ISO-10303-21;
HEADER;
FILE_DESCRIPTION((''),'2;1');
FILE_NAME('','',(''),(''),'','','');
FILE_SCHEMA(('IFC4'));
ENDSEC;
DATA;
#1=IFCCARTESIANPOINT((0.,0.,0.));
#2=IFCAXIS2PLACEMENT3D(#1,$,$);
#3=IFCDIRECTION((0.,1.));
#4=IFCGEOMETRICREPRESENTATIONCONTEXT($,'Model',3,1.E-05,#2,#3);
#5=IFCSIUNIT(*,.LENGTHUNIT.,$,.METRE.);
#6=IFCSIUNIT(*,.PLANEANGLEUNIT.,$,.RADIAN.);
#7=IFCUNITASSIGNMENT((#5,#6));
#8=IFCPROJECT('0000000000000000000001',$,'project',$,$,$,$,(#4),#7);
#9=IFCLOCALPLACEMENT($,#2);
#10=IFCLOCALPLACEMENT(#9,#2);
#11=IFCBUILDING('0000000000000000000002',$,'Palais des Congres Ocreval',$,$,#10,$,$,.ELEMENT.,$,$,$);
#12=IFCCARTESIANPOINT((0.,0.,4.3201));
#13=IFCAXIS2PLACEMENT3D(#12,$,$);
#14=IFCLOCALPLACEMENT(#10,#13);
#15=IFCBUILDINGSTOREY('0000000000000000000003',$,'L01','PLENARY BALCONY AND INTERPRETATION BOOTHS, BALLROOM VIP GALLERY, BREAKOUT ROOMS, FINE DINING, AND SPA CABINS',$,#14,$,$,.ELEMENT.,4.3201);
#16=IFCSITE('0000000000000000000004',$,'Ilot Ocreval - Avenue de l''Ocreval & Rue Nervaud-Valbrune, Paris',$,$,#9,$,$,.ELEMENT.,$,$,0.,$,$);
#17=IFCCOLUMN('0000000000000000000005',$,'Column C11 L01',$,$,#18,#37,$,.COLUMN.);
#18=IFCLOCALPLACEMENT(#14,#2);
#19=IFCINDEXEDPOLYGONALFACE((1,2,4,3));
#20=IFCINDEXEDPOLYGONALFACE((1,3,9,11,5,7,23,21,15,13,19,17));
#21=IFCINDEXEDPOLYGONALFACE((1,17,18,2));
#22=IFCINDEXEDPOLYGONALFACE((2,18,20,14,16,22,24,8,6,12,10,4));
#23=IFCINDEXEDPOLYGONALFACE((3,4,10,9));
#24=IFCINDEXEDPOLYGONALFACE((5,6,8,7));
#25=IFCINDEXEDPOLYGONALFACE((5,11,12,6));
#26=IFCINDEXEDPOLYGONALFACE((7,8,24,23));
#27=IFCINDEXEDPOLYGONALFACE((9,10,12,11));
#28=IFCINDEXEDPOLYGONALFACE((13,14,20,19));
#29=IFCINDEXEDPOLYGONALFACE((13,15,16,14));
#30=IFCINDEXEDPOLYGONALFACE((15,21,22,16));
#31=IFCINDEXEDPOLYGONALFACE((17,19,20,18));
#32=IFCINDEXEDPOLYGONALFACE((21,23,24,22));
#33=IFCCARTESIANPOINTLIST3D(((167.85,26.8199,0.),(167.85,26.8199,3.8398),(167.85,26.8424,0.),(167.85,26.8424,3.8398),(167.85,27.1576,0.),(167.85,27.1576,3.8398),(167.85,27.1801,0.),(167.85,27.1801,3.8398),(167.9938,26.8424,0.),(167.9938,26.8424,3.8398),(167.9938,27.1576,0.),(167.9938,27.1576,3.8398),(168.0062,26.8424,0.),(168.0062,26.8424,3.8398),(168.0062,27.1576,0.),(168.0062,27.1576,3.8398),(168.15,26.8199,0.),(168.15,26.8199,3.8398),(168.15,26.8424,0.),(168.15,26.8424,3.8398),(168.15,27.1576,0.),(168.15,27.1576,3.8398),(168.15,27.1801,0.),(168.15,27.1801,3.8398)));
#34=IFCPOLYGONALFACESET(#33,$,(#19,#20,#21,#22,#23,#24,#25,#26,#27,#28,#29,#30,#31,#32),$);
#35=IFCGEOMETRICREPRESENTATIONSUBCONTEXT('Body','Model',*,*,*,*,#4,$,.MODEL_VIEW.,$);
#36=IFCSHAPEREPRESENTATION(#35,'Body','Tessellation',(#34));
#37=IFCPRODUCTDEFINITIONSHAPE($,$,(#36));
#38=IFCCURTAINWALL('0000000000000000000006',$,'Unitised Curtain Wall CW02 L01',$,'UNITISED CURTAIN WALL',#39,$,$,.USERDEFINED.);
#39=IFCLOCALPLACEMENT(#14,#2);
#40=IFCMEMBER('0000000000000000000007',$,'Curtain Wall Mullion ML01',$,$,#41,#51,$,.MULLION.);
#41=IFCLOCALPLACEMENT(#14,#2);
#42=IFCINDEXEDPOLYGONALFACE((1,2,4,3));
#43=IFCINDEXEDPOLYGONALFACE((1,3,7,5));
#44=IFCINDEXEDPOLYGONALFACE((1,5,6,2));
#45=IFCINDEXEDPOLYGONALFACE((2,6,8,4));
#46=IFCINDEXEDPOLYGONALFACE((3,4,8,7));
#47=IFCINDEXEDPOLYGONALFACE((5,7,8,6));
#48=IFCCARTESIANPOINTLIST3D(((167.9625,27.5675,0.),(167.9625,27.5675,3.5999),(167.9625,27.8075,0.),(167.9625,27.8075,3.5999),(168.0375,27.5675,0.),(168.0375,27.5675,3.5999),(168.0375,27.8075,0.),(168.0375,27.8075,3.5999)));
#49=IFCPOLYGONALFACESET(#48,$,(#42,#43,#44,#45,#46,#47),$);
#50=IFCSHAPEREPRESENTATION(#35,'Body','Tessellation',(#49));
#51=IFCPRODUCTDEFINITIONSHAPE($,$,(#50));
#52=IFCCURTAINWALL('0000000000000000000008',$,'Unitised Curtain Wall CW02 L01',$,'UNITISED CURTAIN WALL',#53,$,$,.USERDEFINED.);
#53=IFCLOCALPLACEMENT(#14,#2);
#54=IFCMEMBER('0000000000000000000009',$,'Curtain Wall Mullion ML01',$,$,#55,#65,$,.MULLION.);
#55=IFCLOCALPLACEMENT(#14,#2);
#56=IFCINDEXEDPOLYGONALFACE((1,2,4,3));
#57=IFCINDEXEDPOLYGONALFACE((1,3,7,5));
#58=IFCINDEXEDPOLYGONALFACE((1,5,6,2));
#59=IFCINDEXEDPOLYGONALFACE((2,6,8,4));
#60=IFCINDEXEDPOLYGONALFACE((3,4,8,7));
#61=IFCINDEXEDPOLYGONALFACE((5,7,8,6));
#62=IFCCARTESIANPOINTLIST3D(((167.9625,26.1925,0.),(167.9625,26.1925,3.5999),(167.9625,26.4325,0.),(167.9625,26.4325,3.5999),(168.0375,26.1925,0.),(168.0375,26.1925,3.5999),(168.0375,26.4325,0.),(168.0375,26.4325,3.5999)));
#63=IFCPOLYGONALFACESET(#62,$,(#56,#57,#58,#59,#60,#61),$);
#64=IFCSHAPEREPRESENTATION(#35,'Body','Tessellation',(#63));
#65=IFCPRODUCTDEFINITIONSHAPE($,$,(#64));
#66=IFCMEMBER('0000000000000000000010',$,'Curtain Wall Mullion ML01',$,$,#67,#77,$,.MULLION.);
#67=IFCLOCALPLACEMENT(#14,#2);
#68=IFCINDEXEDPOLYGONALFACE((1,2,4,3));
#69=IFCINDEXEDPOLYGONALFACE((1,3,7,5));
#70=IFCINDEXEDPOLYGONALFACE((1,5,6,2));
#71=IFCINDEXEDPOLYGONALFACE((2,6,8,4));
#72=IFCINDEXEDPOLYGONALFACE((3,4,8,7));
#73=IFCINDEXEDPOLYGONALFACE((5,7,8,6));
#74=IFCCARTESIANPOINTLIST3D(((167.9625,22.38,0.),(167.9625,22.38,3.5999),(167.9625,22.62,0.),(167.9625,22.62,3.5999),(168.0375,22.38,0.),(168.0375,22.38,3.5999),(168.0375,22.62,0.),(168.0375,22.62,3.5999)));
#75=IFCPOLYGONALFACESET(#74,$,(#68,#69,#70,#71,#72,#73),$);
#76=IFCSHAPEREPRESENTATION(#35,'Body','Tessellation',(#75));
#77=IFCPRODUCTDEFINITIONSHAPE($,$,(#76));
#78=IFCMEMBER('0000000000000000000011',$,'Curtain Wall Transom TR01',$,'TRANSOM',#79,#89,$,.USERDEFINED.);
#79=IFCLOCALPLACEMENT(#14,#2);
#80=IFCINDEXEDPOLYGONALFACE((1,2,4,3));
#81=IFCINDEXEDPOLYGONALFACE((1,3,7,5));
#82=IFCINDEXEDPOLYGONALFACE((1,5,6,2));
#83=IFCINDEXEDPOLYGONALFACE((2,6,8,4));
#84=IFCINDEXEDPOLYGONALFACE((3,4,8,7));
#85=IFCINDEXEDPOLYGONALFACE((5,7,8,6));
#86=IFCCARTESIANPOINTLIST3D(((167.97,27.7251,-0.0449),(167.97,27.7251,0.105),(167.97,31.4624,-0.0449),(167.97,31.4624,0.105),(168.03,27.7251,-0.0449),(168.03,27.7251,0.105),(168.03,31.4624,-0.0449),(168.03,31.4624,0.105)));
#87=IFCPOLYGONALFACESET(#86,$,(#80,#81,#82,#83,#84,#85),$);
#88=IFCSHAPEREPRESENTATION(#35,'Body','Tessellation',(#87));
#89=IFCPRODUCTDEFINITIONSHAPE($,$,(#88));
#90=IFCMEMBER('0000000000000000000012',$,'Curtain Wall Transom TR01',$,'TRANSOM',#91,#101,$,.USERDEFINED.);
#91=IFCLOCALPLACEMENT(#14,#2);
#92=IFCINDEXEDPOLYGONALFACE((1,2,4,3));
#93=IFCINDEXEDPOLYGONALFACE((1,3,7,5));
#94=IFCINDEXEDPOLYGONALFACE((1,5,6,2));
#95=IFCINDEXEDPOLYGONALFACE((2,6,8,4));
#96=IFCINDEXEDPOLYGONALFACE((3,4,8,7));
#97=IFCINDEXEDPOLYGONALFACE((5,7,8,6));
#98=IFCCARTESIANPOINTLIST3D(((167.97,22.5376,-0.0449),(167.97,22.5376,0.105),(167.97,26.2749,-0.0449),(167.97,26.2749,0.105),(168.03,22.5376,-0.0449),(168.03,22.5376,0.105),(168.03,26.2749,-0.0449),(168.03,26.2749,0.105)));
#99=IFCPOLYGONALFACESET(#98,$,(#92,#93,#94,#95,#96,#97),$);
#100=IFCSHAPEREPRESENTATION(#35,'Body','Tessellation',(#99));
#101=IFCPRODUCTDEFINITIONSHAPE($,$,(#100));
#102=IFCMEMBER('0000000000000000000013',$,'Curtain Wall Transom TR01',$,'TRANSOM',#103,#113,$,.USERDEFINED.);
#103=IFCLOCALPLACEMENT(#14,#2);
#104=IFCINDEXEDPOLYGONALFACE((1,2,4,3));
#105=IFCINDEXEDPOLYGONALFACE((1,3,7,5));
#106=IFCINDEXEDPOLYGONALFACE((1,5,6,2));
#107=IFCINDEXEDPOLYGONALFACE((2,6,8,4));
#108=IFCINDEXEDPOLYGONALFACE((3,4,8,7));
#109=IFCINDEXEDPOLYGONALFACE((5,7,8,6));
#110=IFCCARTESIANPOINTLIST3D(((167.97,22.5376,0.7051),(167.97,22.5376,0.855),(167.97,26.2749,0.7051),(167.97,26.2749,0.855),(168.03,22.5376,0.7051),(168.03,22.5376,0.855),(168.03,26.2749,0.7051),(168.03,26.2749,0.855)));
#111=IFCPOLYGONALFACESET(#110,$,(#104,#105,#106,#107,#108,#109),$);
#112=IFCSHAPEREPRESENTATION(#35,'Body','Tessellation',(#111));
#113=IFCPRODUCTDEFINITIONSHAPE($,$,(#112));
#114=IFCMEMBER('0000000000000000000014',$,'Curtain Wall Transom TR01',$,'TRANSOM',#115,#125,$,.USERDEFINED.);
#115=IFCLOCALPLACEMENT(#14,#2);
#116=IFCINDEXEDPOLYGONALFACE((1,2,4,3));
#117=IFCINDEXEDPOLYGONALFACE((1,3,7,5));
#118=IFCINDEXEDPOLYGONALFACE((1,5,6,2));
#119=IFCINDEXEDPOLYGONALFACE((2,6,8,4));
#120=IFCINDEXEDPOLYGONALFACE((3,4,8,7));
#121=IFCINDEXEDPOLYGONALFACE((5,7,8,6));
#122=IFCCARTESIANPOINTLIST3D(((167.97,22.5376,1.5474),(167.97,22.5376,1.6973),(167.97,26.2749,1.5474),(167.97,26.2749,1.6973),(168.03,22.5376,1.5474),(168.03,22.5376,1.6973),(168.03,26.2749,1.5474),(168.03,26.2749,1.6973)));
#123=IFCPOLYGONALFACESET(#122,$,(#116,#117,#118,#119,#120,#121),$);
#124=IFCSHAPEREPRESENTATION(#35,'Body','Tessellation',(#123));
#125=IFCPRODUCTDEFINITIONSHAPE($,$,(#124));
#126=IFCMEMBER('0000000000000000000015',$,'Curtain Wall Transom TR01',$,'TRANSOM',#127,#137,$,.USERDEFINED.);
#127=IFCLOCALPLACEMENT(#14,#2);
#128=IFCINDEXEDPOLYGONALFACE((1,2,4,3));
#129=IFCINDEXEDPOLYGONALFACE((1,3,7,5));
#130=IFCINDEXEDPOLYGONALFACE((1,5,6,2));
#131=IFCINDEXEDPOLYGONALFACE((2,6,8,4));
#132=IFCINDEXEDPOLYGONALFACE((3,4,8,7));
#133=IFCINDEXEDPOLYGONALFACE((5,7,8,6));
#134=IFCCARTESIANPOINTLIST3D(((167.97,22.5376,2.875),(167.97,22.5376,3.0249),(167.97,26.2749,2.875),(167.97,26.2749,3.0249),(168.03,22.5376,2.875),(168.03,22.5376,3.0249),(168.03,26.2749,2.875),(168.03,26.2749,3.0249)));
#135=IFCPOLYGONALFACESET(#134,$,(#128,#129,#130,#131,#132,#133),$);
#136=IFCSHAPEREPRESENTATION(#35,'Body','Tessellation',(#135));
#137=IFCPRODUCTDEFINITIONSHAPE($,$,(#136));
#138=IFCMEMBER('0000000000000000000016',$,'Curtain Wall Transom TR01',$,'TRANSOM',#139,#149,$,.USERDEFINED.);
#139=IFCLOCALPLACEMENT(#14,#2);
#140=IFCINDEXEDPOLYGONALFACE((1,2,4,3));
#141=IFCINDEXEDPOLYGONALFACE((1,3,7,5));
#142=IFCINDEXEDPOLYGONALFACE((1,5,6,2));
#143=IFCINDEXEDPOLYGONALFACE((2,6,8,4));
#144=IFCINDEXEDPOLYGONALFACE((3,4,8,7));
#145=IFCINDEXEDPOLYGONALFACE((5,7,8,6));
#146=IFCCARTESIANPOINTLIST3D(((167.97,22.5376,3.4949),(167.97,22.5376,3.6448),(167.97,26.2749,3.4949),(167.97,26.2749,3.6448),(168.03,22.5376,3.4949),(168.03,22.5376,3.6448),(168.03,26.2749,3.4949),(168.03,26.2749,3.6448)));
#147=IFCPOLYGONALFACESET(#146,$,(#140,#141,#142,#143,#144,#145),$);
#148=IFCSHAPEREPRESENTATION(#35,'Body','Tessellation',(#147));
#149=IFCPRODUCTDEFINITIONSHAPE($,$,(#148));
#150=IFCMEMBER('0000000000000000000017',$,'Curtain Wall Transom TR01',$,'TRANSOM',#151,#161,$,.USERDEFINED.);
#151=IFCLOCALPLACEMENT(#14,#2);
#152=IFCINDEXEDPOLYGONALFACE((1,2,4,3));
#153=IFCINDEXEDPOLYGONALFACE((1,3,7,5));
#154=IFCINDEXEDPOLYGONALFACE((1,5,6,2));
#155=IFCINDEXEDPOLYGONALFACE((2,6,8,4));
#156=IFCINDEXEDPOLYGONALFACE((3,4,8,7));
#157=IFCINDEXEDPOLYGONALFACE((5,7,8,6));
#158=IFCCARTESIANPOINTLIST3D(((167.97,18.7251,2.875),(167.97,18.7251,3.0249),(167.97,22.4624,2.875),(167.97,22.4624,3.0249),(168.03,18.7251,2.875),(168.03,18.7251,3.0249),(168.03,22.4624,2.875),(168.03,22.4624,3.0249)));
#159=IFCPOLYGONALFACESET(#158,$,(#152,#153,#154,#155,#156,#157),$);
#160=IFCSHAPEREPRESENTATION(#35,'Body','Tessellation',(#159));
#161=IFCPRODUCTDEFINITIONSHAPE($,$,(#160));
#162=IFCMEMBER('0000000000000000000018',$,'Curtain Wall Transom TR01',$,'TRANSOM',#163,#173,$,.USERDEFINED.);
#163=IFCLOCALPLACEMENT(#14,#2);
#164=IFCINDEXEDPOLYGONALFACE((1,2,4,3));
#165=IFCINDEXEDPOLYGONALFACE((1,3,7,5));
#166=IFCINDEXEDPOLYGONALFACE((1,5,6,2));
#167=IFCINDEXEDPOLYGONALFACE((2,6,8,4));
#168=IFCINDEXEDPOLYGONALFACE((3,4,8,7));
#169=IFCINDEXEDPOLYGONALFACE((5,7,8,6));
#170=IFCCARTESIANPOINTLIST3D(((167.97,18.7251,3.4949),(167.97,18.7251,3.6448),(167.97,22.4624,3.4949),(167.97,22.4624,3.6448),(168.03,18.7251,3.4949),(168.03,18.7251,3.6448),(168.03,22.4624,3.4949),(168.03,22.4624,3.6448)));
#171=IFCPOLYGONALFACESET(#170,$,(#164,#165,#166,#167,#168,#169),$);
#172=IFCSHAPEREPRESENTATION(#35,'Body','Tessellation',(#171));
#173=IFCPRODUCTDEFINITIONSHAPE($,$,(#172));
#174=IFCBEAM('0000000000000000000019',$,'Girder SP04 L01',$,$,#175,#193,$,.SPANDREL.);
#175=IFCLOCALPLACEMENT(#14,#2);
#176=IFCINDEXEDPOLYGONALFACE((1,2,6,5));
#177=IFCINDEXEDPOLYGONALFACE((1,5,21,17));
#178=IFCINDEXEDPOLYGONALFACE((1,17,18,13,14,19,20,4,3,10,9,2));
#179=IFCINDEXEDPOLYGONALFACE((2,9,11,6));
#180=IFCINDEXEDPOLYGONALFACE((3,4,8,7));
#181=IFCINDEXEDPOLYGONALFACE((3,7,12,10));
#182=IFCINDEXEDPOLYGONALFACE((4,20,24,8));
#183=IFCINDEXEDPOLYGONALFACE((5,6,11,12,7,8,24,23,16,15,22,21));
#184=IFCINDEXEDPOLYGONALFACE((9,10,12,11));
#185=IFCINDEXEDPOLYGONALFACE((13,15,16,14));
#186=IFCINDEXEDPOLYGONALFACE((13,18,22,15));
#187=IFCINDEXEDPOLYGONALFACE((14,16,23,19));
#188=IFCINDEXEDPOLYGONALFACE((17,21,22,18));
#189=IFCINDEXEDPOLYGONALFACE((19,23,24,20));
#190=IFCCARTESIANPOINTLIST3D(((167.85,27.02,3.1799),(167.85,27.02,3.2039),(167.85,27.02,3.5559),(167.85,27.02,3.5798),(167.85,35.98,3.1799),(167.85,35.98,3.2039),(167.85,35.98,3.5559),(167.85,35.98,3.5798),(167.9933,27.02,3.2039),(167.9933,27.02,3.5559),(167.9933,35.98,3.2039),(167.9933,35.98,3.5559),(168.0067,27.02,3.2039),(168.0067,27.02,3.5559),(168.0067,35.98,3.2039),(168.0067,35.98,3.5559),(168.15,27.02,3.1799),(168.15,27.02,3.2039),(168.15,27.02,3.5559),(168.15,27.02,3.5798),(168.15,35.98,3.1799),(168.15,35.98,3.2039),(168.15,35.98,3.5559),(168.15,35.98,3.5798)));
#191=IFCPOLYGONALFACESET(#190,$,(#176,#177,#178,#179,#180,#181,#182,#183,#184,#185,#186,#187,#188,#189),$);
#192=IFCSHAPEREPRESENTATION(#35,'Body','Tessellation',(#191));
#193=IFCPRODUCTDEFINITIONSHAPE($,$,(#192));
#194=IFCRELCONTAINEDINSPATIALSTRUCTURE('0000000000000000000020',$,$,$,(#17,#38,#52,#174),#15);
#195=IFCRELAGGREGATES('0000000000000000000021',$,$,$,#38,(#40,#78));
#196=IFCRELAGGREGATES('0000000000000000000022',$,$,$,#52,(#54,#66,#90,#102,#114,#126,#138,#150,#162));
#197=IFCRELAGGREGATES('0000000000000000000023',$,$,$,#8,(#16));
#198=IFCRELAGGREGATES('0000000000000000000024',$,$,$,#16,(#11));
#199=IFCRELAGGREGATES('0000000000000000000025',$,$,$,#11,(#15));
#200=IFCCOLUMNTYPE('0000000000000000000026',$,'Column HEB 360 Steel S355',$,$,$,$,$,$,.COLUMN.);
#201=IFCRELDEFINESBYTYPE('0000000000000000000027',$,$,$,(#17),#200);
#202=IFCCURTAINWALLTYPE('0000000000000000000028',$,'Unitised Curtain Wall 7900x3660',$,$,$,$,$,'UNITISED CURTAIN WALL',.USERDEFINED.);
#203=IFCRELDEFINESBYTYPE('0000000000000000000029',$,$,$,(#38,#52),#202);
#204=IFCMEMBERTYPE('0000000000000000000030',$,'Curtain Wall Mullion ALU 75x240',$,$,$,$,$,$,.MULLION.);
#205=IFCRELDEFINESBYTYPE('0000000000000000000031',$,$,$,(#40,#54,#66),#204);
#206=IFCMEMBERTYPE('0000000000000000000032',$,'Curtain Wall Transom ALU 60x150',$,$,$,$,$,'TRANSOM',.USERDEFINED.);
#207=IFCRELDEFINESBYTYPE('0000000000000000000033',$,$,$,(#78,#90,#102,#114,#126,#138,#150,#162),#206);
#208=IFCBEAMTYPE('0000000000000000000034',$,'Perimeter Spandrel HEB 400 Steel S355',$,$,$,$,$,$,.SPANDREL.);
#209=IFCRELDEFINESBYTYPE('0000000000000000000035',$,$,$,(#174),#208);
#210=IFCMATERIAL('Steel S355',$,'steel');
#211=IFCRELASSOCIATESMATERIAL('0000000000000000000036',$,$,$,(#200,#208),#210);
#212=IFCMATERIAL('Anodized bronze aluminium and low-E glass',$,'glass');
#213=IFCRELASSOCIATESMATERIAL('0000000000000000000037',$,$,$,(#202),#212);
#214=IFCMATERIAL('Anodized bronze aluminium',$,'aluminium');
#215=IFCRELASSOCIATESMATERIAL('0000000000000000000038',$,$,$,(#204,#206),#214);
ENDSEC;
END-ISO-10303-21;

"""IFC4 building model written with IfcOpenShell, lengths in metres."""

from ifc_helpers import new_model, si_unit, direction, frame, origin, origin_2d, place, context, subcontext, project, spatial, rectangle, i_section, extrude, material, material_profile, profile_set, type_object, element, aggregate, save


model = new_model("IFC4")

# Units and contexts
model_context = context("Model", 3, precision=1e-05, world=origin(), true_north=direction((0.0, 1.0)))
body_context = subcontext(model_context, "Body", "Model", "MODEL_VIEW")
ifc_project = project(units=[si_unit("LENGTHUNIT", "METRE"), si_unit("PLANEANGLEUNIT", "RADIAN")], contexts=[model_context])

# Site, building, storey
site_placement = place(None, origin())
site = spatial("IfcSite", under=ifc_project, at=site_placement, Name="Ilot Ocreval - Avenue de l'Ocreval & Rue Nervaud-Valbrune, Paris", CompositionType="ELEMENT", RefElevation=0.0)
building_placement = place(site_placement, origin())
building = spatial("IfcBuilding", under=site, at=building_placement, Name="Palais des Congres Ocreval", CompositionType="ELEMENT")
storey_placement = place(building_placement, frame((0.0, 0.0, 4.3201)))
storey = spatial("IfcBuildingStorey", under=building, at=storey_placement, Name="L01", Description="PLENARY BALCONY AND INTERPRETATION BOOTHS, BALLROOM VIP GALLERY, BREAKOUT ROOMS, FINE DINING, AND SPA CABINS", CompositionType="ELEMENT", Elevation=4.3201)

# Column
ifc_material_1 = material(Name="Steel S355", Category="steel")
ifc_material_profile_1 = material_profile(ifc_material_1, i_section(OverallWidth=0.3, OverallDepth=0.3601, WebThickness=0.0125, FlangeThickness=0.0225, at=origin_2d()), Name="HEB 360")
ifc_profile_set_1 = profile_set([ifc_material_profile_1], Name="Steel S355")
column_type = type_object("IfcColumnType", Name="Column HEB 360 Steel S355", PredefinedType="COLUMN", material=ifc_profile_set_1)
column_placement = place(storey_placement, frame((168.0, 27.0, 0.0), z_axis=(0.0, 0.0, 1.0), x_axis=(1.0, 0.0, 0.0)))
element("IfcColumn", 1, at=column_placement, inside=storey, type_object=column_type, Name="Column C11 L01", PredefinedType="COLUMN", context=body_context, shape_type="SweptSolid", body=[
    extrude(i_section(OverallWidth=0.3, OverallDepth=0.3601, WebThickness=0.0125, FlangeThickness=0.0225, at=origin_2d()), origin(), (0.0, 0.0, 1.0), 3.8398),
])

# Curtain wall, member
ifc_material_2 = material(Name="Anodized bronze aluminium and low-E glass", Category="glass")
curtain_wall_type = type_object("IfcCurtainWallType", Name="Unitised Curtain Wall 7900x3660", ElementType="UNITISED CURTAIN WALL", PredefinedType="USERDEFINED", material=ifc_material_2)
curtain_wall_1_placement = place(storey_placement, origin())
curtain_wall_1 = element("IfcCurtainWall", 2, at=curtain_wall_1_placement, inside=storey, type_object=curtain_wall_type, Name="Unitised Curtain Wall CW02 L01", ObjectType="UNITISED CURTAIN WALL", PredefinedType="USERDEFINED")
ifc_material_3 = material(Name="Anodized bronze aluminium", Category="aluminium")
ifc_material_profile_2 = material_profile(ifc_material_3, rectangle(XDim=0.075, YDim=0.24, at=origin_2d()), Name="ALU 75x240")
ifc_profile_set_2 = profile_set([ifc_material_profile_2], Name="Anodized bronze aluminium")
member_type_1 = type_object("IfcMemberType", Name="Curtain Wall Mullion ALU 75x240", PredefinedType="MULLION", material=ifc_profile_set_2)
member_1_placement = place(storey_placement, frame((168.0, 27.6875, 0.0), z_axis=(0.0, 0.0, 1.0), x_axis=(1.0, 0.0, 0.0)))
member_1 = element("IfcMember", 3, at=member_1_placement, type_object=member_type_1, Name="Curtain Wall Mullion ML01", PredefinedType="MULLION", context=body_context, shape_type="SweptSolid", body=[
    extrude(rectangle(XDim=0.075, YDim=0.24, at=origin_2d()), origin(), (0.0, 0.0, 1.0), 3.5999),
])

# Curtain wall, members
curtain_wall_2_placement = place(storey_placement, origin())
curtain_wall_2 = element("IfcCurtainWall", 4, at=curtain_wall_2_placement, inside=storey, type_object=curtain_wall_type, Name="Unitised Curtain Wall CW02 L01", ObjectType="UNITISED CURTAIN WALL", PredefinedType="USERDEFINED")
member_2_placement = place(storey_placement, frame((168.0, 26.3125, 0.0), z_axis=(0.0, 0.0, 1.0), x_axis=(1.0, 0.0, 0.0)))
member_2 = element("IfcMember", 5, at=member_2_placement, type_object=member_type_1, Name="Curtain Wall Mullion ML01", PredefinedType="MULLION", context=body_context, shape_type="SweptSolid", body=[
    extrude(rectangle(XDim=0.075, YDim=0.24, at=origin_2d()), origin(), (0.0, 0.0, 1.0), 3.5999),
])
member_3_placement = place(storey_placement, frame((168.0, 22.5, 0.0), z_axis=(0.0, 0.0, 1.0), x_axis=(1.0, 0.0, 0.0)))
member_3 = element("IfcMember", 6, at=member_3_placement, type_object=member_type_1, Name="Curtain Wall Mullion ML01", PredefinedType="MULLION", context=body_context, shape_type="SweptSolid", body=[
    extrude(rectangle(XDim=0.075, YDim=0.24, at=origin_2d()), origin(), (0.0, 0.0, 1.0), 3.5999),
])

# Members
ifc_material_profile_3 = material_profile(ifc_material_3, rectangle(XDim=0.0601, YDim=0.1499, at=origin_2d()), Name="ALU 60x150")
ifc_profile_set_3 = profile_set([ifc_material_profile_3], Name="Anodized bronze aluminium")
member_type_2 = type_object("IfcMemberType", Name="Curtain Wall Transom ALU 60x150", ElementType="TRANSOM", PredefinedType="USERDEFINED", material=ifc_profile_set_3)
member_4_placement = place(storey_placement, frame((168.0, 31.4624, 0.03), z_axis=(0.0, -1.0, 0.0), x_axis=(1.0, 0.0, 0.0)))
member_4 = element("IfcMember", 7, at=member_4_placement, type_object=member_type_2, Name="Curtain Wall Transom TR01", ObjectType="TRANSOM", PredefinedType="USERDEFINED", context=body_context, shape_type="SweptSolid", body=[
    extrude(rectangle(XDim=0.0601, YDim=0.1499, at=origin_2d()), origin(), (0.0, 0.0, 1.0), 3.7373),
])
member_5_placement = place(storey_placement, frame((168.0, 26.2749, 0.03), z_axis=(0.0, -1.0, 0.0), x_axis=(1.0, 0.0, 0.0)))
member_5 = element("IfcMember", 8, at=member_5_placement, type_object=member_type_2, Name="Curtain Wall Transom TR01", ObjectType="TRANSOM", PredefinedType="USERDEFINED", context=body_context, shape_type="SweptSolid", body=[
    extrude(rectangle(XDim=0.0601, YDim=0.1499, at=origin_2d()), origin(), (0.0, 0.0, 1.0), 3.7373),
])
member_6_placement = place(storey_placement, frame((168.0, 26.2749, 0.78), z_axis=(0.0, -1.0, 0.0), x_axis=(1.0, 0.0, 0.0)))
member_6 = element("IfcMember", 9, at=member_6_placement, type_object=member_type_2, Name="Curtain Wall Transom TR01", ObjectType="TRANSOM", PredefinedType="USERDEFINED", context=body_context, shape_type="SweptSolid", body=[
    extrude(rectangle(XDim=0.0601, YDim=0.1499, at=origin_2d()), origin(), (0.0, 0.0, 1.0), 3.7373),
])
member_7_placement = place(storey_placement, frame((168.0, 26.2749, 1.6223), z_axis=(0.0, -1.0, 0.0), x_axis=(1.0, 0.0, 0.0)))
member_7 = element("IfcMember", 10, at=member_7_placement, type_object=member_type_2, Name="Curtain Wall Transom TR01", ObjectType="TRANSOM", PredefinedType="USERDEFINED", context=body_context, shape_type="SweptSolid", body=[
    extrude(rectangle(XDim=0.0601, YDim=0.1499, at=origin_2d()), origin(), (0.0, 0.0, 1.0), 3.7373),
])
member_8_placement = place(storey_placement, frame((168.0, 26.2749, 2.95), z_axis=(0.0, -1.0, 0.0), x_axis=(1.0, 0.0, 0.0)))
member_8 = element("IfcMember", 11, at=member_8_placement, type_object=member_type_2, Name="Curtain Wall Transom TR01", ObjectType="TRANSOM", PredefinedType="USERDEFINED", context=body_context, shape_type="SweptSolid", body=[
    extrude(rectangle(XDim=0.0601, YDim=0.1499, at=origin_2d()), origin(), (0.0, 0.0, 1.0), 3.7373),
])
member_9_placement = place(storey_placement, frame((168.0, 26.2749, 3.5698), z_axis=(0.0, -1.0, 0.0), x_axis=(1.0, 0.0, 0.0)))
member_9 = element("IfcMember", 12, at=member_9_placement, type_object=member_type_2, Name="Curtain Wall Transom TR01", ObjectType="TRANSOM", PredefinedType="USERDEFINED", context=body_context, shape_type="SweptSolid", body=[
    extrude(rectangle(XDim=0.0601, YDim=0.1499, at=origin_2d()), origin(), (0.0, 0.0, 1.0), 3.7373),
])
member_10_placement = place(storey_placement, frame((168.0, 22.4624, 2.95), z_axis=(0.0, -1.0, 0.0), x_axis=(1.0, 0.0, 0.0)))
member_10 = element("IfcMember", 13, at=member_10_placement, type_object=member_type_2, Name="Curtain Wall Transom TR01", ObjectType="TRANSOM", PredefinedType="USERDEFINED", context=body_context, shape_type="SweptSolid", body=[
    extrude(rectangle(XDim=0.0601, YDim=0.1499, at=origin_2d()), origin(), (0.0, 0.0, 1.0), 3.7373),
])
member_11_placement = place(storey_placement, frame((168.0, 22.4624, 3.5698), z_axis=(0.0, -1.0, 0.0), x_axis=(1.0, 0.0, 0.0)))
member_11 = element("IfcMember", 14, at=member_11_placement, type_object=member_type_2, Name="Curtain Wall Transom TR01", ObjectType="TRANSOM", PredefinedType="USERDEFINED", context=body_context, shape_type="SweptSolid", body=[
    extrude(rectangle(XDim=0.0601, YDim=0.1499, at=origin_2d()), origin(), (0.0, 0.0, 1.0), 3.7373),
])

# Beam
ifc_material_profile_4 = material_profile(ifc_material_1, i_section(OverallWidth=0.3, OverallDepth=0.3999, WebThickness=0.0134, FlangeThickness=0.0239, at=origin_2d()), Name="HEB 400")
ifc_profile_set_4 = profile_set([ifc_material_profile_4], Name="Steel S355")
beam_type = type_object("IfcBeamType", Name="Perimeter Spandrel HEB 400 Steel S355", PredefinedType="SPANDREL", material=ifc_profile_set_4)
beam_placement = place(storey_placement, frame((168.0, 27.02, 3.3799), z_axis=(0.0, 1.0, 0.0), x_axis=(-1.0, 0.0, 0.0)))
element("IfcBeam", 15, at=beam_placement, inside=storey, type_object=beam_type, Name="Girder SP04 L01", PredefinedType="SPANDREL", context=body_context, shape_type="SweptSolid", body=[
    extrude(i_section(OverallWidth=0.3, OverallDepth=0.3999, WebThickness=0.0134, FlangeThickness=0.0239, at=origin_2d()), origin(), (0.0, 0.0, 1.0), 8.96),
])

aggregate(curtain_wall_1, [member_1, member_4])
aggregate(curtain_wall_2, [member_2, member_3, member_5, member_6, member_7, member_8, member_9, member_10, member_11])

save(model, "model.ifc")
